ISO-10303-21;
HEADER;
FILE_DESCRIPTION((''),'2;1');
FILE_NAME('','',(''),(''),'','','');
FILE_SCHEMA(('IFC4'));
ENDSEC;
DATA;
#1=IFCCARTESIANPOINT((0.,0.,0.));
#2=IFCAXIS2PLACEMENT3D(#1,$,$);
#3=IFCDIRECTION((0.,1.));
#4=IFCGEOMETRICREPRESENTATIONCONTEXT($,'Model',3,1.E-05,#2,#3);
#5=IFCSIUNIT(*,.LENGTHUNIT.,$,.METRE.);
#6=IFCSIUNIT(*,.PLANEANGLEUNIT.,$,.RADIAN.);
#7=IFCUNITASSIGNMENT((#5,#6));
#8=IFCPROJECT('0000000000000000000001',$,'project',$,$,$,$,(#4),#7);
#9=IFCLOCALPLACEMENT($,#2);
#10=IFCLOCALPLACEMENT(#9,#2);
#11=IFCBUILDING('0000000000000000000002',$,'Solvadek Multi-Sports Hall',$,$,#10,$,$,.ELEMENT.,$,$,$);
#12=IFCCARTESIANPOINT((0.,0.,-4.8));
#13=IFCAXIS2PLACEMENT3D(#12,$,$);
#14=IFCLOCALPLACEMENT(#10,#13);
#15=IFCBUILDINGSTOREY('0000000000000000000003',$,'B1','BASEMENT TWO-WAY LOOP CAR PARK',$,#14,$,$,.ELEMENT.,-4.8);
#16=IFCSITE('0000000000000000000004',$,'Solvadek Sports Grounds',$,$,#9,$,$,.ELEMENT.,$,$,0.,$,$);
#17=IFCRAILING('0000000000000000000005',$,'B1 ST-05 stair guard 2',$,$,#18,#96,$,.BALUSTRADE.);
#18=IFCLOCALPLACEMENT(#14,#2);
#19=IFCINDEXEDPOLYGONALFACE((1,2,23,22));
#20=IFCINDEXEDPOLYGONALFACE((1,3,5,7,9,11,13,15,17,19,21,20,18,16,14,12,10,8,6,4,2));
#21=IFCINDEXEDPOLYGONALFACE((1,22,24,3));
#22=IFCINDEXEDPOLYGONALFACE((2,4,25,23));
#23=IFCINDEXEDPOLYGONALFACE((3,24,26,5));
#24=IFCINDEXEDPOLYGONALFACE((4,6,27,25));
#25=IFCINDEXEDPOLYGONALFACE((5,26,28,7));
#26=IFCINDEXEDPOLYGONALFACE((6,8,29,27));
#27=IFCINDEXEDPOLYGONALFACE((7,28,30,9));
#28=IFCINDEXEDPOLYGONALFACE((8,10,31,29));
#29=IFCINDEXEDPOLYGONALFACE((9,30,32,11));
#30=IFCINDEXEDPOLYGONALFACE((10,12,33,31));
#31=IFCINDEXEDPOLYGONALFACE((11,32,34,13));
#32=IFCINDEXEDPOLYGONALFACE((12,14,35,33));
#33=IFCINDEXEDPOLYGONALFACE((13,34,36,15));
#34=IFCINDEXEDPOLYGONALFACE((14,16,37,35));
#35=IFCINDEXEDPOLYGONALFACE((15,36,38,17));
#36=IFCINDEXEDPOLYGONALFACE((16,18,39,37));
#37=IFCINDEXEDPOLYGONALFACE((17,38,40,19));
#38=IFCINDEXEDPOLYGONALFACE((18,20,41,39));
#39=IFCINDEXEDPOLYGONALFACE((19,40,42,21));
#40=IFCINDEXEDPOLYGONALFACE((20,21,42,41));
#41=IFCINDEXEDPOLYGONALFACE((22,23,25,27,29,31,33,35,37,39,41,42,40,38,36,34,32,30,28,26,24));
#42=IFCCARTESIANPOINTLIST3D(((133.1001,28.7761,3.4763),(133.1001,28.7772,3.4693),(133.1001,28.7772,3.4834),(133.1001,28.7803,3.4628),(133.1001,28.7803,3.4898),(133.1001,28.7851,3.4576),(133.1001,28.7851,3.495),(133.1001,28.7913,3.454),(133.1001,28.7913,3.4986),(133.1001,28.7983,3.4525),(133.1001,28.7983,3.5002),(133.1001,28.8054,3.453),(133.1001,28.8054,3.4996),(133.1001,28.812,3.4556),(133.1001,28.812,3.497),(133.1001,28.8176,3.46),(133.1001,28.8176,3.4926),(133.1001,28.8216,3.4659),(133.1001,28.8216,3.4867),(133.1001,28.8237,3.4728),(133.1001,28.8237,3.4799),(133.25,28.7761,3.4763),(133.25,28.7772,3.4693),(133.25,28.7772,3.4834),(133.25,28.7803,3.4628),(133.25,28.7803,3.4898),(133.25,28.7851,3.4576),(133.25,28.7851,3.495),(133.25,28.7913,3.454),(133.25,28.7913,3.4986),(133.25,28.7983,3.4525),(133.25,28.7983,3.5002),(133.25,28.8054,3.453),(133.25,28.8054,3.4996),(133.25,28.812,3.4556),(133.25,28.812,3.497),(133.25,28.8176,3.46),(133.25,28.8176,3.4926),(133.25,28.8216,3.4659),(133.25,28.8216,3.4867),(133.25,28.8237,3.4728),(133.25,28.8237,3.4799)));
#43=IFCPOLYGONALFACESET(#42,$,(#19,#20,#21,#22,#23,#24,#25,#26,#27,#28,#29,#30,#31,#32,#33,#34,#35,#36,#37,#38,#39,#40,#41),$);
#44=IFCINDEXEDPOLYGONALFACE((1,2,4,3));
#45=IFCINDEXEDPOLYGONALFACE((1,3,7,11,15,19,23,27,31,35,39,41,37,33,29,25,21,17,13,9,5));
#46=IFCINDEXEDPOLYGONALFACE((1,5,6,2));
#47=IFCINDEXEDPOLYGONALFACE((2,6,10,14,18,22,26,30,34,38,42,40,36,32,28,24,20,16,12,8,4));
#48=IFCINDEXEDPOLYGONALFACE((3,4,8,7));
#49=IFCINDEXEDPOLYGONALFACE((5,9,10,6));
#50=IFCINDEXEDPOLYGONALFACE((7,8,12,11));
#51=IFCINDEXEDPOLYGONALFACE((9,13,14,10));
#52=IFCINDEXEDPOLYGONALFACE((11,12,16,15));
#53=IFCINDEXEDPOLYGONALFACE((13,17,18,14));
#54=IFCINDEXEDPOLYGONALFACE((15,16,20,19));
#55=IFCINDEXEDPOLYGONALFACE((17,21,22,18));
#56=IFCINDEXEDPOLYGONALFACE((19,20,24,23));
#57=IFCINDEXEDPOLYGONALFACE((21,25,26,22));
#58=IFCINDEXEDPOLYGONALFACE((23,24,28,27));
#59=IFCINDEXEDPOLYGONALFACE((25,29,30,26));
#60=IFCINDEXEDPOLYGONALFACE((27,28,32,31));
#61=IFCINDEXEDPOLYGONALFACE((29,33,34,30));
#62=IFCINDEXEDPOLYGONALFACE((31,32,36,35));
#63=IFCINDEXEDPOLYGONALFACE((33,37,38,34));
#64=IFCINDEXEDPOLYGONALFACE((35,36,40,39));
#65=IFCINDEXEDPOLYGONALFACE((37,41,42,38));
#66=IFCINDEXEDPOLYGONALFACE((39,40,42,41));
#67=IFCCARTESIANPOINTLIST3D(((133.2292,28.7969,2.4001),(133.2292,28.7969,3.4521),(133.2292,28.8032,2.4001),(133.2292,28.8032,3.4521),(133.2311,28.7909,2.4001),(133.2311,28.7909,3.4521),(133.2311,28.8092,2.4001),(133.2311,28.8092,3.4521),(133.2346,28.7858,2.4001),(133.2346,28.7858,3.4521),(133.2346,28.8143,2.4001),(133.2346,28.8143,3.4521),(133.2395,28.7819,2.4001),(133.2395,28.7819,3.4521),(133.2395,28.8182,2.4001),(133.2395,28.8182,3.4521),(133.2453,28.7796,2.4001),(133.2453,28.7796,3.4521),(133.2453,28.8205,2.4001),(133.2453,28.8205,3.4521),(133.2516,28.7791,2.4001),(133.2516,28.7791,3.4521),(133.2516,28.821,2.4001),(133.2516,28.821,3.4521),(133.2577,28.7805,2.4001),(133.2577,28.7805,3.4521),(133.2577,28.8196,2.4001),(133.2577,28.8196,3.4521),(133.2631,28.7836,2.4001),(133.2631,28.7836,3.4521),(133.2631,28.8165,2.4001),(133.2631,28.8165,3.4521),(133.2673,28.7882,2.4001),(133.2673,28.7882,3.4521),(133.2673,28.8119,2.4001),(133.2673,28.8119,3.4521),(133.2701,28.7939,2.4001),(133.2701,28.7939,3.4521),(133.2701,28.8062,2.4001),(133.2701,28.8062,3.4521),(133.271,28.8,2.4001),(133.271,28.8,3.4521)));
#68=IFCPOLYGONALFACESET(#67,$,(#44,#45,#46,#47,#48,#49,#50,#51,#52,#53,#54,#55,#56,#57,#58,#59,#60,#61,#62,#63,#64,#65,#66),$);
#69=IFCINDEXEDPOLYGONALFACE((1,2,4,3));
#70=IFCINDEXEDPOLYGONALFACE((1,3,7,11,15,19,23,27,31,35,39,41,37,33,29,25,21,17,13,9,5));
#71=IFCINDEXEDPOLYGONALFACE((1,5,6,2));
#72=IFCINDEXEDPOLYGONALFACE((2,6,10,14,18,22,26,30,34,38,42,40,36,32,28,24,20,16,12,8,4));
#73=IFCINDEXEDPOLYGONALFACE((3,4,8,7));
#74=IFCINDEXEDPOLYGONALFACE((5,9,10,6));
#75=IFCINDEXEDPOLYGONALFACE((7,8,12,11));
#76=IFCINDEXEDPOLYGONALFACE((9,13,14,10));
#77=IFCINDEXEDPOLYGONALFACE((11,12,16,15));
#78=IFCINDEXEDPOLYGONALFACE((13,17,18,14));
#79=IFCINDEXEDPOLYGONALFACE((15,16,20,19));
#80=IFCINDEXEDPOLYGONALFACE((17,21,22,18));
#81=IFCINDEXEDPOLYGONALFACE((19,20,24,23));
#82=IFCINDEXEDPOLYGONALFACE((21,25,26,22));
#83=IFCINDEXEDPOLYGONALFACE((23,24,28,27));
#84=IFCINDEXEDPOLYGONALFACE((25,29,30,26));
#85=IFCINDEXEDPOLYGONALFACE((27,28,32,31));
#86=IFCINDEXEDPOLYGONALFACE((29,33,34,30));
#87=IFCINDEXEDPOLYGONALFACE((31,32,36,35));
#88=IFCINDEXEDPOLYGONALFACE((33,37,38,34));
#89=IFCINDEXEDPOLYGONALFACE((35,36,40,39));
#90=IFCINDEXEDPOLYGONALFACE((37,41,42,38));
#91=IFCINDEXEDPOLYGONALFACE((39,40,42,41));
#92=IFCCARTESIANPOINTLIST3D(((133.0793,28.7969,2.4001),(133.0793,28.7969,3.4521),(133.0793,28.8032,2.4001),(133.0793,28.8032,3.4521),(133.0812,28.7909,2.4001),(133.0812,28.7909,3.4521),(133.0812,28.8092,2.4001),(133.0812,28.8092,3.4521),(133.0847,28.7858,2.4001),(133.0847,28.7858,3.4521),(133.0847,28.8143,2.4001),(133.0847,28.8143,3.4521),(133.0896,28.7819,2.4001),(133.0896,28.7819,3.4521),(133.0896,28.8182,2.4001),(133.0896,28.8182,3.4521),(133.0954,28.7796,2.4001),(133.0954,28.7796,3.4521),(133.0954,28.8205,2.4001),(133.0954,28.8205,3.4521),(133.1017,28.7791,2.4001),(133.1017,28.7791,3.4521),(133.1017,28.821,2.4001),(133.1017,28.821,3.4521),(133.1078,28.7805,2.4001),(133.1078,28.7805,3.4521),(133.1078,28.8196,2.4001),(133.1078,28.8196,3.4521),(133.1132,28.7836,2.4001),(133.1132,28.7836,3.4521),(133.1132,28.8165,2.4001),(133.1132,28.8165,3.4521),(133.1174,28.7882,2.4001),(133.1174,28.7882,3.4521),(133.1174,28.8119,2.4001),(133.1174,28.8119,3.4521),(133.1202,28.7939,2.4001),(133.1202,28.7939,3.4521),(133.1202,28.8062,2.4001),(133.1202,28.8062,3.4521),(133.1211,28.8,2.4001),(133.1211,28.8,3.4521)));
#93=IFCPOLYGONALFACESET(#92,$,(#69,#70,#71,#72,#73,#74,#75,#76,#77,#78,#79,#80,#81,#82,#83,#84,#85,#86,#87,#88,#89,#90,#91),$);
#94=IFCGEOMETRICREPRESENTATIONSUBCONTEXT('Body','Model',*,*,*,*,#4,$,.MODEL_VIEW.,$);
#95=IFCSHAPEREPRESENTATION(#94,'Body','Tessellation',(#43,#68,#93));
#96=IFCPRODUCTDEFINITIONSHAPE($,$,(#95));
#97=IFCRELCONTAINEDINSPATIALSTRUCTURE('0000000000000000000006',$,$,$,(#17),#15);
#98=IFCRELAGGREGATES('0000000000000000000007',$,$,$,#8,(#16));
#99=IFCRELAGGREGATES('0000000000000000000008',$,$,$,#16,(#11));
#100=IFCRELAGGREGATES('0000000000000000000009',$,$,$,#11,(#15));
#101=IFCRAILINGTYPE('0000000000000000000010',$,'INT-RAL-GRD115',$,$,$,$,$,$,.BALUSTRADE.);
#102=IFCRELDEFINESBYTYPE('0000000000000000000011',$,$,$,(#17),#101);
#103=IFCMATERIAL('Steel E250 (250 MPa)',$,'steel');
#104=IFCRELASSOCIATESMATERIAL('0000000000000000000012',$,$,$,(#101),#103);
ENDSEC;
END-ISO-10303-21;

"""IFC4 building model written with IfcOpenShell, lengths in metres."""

from ifc_helpers import new_model, si_unit, direction, frame, origin, origin_2d, place, context, subcontext, project, spatial, circle, extrude, material, type_object, element, save


model = new_model("IFC4")

# Units and contexts
model_context = context("Model", 3, precision=1e-05, world=origin(), true_north=direction((0.0, 1.0)))
body_context = subcontext(model_context, "Body", "Model", "MODEL_VIEW")
ifc_project = project(units=[si_unit("LENGTHUNIT", "METRE"), si_unit("PLANEANGLEUNIT", "RADIAN")], contexts=[model_context])

# Site, building, storey
site_placement = place(None, origin())
site = spatial("IfcSite", under=ifc_project, at=site_placement, Name="Solvadek Sports Grounds", CompositionType="ELEMENT", RefElevation=0.0)
building_placement = place(site_placement, origin())
building = spatial("IfcBuilding", under=site, at=building_placement, Name="Solvadek Multi-Sports Hall", CompositionType="ELEMENT")
storey_placement = place(building_placement, frame((0.0, 0.0, -4.8)))
storey = spatial("IfcBuildingStorey", under=building, at=storey_placement, Name="B1", Description="BASEMENT TWO-WAY LOOP CAR PARK", CompositionType="ELEMENT", Elevation=-4.8)

# Railing
ifc_material_1 = material(Name="Steel E250 (250 MPa)", Category="steel")
railing_type_1 = type_object("IfcRailingType", Name="INT-RAL-GRD115", PredefinedType="BALUSTRADE", material=ifc_material_1)
railing_1_placement = place(storey_placement, frame((133.25, 28.8, 2.4001)))
element("IfcRailing", 1, at=railing_1_placement, inside=storey, type_object=railing_type_1, Name="B1 ST-05 stair guard 2", PredefinedType="BALUSTRADE", context=body_context, shape_type="SweptSolid", body=[
    extrude(circle(Radius=0.0239, at=origin_2d()), frame((0.0, 0.0, 1.0762), z_axis=(-1.0, 0.0, 0.0), x_axis=(0.0, -1.0, 0.0)), (0.0, 0.0, 1.0), 0.1499),
    extrude(circle(Radius=0.021, at=origin_2d()), origin(), (0.0, 0.0, 1.0), 1.052),
    extrude(circle(Radius=0.021, at=origin_2d()), frame((-0.1499, 0.0, 0.0)), (0.0, 0.0, 1.0), 1.052),
])

save(model, "model.ifc")
